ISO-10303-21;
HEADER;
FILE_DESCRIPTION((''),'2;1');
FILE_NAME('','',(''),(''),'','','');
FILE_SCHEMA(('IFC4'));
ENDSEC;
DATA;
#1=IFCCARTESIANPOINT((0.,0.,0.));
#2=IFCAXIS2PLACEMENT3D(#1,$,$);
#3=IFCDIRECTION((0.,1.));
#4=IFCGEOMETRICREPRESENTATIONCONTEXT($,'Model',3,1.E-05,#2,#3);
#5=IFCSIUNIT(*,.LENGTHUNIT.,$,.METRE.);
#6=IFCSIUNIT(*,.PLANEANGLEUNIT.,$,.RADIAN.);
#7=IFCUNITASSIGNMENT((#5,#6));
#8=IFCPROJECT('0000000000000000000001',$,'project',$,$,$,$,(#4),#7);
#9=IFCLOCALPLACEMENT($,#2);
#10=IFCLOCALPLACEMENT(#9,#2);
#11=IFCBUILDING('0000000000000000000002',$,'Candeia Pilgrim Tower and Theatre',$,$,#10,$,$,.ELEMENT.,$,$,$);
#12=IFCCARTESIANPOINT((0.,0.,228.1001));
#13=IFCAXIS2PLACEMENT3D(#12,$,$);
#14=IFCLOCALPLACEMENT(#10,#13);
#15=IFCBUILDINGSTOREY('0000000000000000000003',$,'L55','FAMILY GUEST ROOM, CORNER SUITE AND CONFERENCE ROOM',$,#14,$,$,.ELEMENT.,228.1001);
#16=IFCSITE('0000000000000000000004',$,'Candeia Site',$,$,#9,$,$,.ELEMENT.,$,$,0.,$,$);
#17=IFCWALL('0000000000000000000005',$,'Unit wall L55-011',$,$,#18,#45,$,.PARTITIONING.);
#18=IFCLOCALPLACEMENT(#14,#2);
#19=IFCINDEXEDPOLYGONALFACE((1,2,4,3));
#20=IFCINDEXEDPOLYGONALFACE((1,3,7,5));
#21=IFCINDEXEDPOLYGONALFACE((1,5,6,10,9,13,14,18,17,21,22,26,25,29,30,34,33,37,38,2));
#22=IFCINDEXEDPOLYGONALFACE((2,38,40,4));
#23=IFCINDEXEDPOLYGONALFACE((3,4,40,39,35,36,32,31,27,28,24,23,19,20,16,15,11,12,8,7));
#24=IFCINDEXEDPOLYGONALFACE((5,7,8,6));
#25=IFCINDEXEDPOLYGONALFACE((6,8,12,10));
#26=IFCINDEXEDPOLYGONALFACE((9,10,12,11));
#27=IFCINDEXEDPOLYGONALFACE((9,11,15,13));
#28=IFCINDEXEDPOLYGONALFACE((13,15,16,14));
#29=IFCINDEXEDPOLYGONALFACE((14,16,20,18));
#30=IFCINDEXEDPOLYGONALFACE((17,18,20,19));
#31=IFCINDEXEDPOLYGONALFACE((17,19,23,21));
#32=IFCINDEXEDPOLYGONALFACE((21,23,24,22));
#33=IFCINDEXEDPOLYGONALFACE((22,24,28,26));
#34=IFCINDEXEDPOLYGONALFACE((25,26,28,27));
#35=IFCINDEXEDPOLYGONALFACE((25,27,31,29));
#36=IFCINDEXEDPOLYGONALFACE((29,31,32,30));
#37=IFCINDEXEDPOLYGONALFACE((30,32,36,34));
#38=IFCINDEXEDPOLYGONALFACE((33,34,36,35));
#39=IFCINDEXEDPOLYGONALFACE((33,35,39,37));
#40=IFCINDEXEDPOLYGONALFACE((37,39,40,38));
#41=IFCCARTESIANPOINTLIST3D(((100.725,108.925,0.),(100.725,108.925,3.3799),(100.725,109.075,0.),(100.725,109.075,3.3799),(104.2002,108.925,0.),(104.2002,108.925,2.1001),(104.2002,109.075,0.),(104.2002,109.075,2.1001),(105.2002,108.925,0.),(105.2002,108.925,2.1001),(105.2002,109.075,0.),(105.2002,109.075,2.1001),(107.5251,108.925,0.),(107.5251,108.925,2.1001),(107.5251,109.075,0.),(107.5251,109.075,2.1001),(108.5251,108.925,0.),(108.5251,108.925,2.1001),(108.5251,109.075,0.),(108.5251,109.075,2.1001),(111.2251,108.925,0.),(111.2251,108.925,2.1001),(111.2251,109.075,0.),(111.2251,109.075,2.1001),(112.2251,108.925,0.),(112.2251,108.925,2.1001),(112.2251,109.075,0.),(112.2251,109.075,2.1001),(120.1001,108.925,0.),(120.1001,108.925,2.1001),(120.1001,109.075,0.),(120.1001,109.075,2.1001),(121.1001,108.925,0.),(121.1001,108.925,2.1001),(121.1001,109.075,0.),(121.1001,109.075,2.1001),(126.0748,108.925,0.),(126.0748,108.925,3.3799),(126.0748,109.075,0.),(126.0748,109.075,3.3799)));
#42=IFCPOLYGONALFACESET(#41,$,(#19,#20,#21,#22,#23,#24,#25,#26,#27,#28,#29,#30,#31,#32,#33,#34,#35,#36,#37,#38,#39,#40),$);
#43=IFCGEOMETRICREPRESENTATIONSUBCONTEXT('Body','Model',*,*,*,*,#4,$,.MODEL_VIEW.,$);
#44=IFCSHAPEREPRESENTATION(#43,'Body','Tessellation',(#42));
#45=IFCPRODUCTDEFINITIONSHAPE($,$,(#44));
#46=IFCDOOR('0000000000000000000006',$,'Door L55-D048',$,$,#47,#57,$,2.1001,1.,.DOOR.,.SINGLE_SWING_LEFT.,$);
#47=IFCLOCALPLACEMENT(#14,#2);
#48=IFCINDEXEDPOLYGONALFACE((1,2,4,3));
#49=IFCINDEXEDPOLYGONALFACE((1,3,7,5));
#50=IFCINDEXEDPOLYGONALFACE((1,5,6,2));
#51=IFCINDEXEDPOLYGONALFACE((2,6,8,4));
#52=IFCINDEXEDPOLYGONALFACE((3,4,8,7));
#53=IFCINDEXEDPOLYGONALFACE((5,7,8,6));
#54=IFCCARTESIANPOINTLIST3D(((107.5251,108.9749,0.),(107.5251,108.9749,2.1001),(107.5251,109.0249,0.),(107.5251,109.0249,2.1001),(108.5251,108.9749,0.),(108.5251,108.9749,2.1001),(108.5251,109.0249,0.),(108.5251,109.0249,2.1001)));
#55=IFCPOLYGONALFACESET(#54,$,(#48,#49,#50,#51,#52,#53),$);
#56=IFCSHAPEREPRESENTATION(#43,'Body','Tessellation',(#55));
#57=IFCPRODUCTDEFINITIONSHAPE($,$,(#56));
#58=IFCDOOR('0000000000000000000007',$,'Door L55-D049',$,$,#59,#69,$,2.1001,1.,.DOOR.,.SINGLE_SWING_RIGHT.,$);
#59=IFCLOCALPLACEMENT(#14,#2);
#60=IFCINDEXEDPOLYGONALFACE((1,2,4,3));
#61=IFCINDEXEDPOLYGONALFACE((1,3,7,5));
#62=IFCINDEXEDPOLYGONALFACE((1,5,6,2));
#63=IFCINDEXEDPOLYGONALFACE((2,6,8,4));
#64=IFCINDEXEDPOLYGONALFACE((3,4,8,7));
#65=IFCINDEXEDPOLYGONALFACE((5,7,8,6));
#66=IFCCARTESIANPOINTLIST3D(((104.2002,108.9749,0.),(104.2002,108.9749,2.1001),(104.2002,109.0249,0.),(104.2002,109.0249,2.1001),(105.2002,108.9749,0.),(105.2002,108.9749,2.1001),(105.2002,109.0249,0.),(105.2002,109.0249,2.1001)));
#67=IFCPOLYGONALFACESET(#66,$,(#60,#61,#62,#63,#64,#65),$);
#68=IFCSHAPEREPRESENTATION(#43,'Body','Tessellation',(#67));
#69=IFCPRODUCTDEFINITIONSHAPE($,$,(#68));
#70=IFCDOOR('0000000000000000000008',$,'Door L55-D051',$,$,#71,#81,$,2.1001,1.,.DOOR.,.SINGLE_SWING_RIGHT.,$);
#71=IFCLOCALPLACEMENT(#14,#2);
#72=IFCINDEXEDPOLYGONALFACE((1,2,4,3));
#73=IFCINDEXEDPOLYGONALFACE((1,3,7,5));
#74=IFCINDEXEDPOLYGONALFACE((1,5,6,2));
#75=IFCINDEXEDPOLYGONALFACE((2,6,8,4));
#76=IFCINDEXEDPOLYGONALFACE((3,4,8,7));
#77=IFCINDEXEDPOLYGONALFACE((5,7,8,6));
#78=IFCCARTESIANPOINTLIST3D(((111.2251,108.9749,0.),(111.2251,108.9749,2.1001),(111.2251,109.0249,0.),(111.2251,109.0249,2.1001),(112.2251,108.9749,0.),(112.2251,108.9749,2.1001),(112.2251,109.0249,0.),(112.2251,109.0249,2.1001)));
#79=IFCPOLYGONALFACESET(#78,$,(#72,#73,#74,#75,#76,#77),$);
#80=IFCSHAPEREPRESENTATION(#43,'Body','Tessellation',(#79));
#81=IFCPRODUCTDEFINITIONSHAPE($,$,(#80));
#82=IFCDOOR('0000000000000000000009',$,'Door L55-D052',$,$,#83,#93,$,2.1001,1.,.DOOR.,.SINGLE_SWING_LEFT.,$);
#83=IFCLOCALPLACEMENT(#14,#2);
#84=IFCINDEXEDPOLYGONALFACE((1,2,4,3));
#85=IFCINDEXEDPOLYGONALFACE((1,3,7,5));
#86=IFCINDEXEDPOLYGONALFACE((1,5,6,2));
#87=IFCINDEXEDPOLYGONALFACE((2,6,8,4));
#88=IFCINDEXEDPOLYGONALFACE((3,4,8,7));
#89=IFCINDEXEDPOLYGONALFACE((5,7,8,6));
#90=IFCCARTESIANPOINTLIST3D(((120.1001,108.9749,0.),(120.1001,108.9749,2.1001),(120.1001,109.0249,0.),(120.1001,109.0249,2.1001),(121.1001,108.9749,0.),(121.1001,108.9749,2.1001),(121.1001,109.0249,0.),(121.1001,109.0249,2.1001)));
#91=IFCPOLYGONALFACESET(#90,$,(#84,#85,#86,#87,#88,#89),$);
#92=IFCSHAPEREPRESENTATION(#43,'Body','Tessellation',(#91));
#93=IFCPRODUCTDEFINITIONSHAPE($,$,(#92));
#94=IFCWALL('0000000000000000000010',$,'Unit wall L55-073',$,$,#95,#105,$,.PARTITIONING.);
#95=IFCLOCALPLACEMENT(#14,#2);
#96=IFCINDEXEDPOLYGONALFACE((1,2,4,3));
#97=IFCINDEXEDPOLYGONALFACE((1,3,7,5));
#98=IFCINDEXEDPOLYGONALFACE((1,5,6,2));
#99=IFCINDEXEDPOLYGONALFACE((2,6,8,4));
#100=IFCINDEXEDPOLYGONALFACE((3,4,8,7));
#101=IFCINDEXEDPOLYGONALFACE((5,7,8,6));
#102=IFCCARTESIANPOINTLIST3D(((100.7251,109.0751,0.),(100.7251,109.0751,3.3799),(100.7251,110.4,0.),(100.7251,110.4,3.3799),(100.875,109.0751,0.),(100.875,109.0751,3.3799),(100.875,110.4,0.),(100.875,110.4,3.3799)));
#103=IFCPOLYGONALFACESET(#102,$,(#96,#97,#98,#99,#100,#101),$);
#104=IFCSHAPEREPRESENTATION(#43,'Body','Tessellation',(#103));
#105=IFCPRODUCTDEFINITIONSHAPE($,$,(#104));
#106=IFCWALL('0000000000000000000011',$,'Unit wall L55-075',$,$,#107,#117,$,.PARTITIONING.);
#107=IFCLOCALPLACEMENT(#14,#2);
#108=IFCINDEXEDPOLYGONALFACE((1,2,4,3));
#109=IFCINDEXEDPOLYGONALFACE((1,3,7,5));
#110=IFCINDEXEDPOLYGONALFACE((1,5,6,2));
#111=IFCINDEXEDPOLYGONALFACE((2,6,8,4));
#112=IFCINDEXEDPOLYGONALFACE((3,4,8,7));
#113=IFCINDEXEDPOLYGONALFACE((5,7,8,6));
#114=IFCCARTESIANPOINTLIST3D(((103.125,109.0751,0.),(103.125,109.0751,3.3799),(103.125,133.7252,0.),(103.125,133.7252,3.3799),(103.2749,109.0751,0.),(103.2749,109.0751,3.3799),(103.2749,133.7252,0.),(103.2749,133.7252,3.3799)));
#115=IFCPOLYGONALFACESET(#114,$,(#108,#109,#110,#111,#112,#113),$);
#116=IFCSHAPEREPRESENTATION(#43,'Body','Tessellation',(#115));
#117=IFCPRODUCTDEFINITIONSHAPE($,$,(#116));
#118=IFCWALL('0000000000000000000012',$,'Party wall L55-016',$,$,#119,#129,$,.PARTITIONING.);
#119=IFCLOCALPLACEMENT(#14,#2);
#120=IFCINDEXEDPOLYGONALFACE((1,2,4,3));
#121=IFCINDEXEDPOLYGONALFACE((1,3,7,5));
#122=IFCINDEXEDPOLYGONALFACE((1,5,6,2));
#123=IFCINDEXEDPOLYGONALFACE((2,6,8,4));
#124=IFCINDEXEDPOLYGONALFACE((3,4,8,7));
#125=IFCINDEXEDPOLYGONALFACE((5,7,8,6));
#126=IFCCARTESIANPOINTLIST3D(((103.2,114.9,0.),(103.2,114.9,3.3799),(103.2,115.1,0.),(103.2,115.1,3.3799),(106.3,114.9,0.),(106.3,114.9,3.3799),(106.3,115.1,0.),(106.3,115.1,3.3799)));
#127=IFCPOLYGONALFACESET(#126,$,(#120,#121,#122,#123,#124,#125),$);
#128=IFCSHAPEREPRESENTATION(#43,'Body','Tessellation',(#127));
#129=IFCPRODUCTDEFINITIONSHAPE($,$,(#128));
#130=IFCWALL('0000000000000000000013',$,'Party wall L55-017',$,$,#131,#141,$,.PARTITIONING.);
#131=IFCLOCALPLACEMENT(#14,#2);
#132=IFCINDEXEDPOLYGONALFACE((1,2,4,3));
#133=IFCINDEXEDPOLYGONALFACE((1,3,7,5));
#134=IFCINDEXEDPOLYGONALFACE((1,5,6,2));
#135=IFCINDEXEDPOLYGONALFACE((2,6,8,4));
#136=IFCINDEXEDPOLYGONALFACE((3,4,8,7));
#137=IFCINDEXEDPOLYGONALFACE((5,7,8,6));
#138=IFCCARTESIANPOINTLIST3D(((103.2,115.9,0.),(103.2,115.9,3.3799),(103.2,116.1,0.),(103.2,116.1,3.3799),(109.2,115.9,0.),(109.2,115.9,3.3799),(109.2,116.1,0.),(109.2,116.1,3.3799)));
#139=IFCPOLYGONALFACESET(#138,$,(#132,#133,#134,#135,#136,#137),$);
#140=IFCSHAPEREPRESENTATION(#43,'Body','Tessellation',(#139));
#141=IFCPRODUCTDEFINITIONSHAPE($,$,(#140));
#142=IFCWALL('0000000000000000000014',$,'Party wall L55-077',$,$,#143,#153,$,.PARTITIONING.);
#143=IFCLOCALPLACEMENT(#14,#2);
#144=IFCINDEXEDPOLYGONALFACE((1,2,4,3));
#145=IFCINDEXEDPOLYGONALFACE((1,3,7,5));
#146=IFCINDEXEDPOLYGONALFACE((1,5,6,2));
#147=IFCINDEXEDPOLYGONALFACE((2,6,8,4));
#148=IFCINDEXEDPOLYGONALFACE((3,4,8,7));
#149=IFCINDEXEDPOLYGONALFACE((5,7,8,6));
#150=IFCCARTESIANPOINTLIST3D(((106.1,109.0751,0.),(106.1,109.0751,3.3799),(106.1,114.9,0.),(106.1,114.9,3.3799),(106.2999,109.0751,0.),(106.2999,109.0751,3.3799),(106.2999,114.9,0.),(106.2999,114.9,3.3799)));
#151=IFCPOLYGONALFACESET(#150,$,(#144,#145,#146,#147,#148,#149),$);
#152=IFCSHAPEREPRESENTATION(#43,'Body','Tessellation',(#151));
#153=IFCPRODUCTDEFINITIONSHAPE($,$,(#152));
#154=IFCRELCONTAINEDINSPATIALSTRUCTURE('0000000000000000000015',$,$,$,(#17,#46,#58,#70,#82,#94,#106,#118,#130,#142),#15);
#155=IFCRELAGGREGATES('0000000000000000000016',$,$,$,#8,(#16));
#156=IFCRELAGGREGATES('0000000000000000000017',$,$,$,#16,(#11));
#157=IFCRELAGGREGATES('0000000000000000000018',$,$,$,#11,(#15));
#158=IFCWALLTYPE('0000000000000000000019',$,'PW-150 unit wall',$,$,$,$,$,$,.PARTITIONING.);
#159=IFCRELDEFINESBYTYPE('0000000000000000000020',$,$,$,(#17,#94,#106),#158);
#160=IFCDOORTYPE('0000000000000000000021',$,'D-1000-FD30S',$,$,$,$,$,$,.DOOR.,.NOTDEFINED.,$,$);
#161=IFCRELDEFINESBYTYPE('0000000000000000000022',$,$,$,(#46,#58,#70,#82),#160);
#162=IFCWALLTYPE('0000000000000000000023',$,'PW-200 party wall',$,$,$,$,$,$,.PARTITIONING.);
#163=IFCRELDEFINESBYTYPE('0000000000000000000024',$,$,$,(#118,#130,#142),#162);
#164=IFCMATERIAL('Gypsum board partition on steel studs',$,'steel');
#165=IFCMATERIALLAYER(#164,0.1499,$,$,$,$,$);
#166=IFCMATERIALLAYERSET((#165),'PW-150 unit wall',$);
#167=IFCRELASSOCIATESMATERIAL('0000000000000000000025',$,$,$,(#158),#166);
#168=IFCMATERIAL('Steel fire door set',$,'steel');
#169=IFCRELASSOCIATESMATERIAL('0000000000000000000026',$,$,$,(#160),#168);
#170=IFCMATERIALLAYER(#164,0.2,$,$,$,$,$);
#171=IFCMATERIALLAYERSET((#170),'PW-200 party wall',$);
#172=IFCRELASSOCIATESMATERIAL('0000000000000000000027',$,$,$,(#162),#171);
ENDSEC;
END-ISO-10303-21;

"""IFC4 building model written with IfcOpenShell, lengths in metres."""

from ifc_helpers import new_model, si_unit, direction, frame, frame_2d, origin, place, context, subcontext, project, spatial, rectangle, extrude, material, layer, layer_set, type_object, element, fill, save


model = new_model("IFC4")

# Units and contexts
model_context = context("Model", 3, precision=1e-05, world=origin(), true_north=direction((0.0, 1.0)))
body_context = subcontext(model_context, "Body", "Model", "MODEL_VIEW")
ifc_project = project(units=[si_unit("LENGTHUNIT", "METRE"), si_unit("PLANEANGLEUNIT", "RADIAN")], contexts=[model_context])

# Site, building, storey
site_placement = place(None, origin())
site = spatial("IfcSite", under=ifc_project, at=site_placement, Name="Candeia Site", CompositionType="ELEMENT", RefElevation=0.0)
building_placement = place(site_placement, origin())
building = spatial("IfcBuilding", under=site, at=building_placement, Name="Candeia Pilgrim Tower and Theatre", CompositionType="ELEMENT")
storey_placement = place(building_placement, frame((0.0, 0.0, 228.1001)))
storey = spatial("IfcBuildingStorey", under=building, at=storey_placement, Name="L55", Description="FAMILY GUEST ROOM, CORNER SUITE AND CONFERENCE ROOM", CompositionType="ELEMENT", Elevation=228.1001)

# Shared definitions
ifc_material_1 = material(Name="Steel fire door set", Category="steel")

# Shared definitions
ifc_material_2 = material(Name="Gypsum board partition on steel studs", Category="steel")

# Wall, openings, doors
ifc_layer_1 = layer(ifc_material_2, 0.1499)
ifc_layer_set_1 = layer_set([ifc_layer_1], Name="PW-150 unit wall")
wall_type_1 = type_object("IfcWallType", Name="PW-150 unit wall", PredefinedType="PARTITIONING", material=ifc_layer_set_1)
wall_1_placement = place(storey_placement, frame((100.7251, 109.0, 0.0), z_axis=(0.0, 0.0, 1.0), x_axis=(1.0, 0.0, 0.0)))
wall_1 = element("IfcWall", 1, at=wall_1_placement, inside=storey, type_object=wall_type_1, Name="Unit wall L55-011", PredefinedType="PARTITIONING", context=body_context, shape_type="SweptSolid", body=[
    extrude(rectangle(XDim=25.3499, YDim=0.1499, at=frame_2d((12.6748, 0.0))), origin(), (0.0, 0.0, 1.0), 3.3799),
])
opening_1_placement = place(wall_1_placement, frame((6.8, 0.0, 0.0)))
opening_1 = element("IfcOpeningElement", 2, at=opening_1_placement, cuts=wall_1, PredefinedType="OPENING", context=body_context, shape_type="SweptSolid", body=[
    extrude(rectangle(XDim=1.0, YDim=2.1001, at=frame_2d((0.5, 1.05))), frame((0.0, 0.085, 0.0), z_axis=(0.0, -1.0, 0.0), x_axis=(1.0, 0.0, 0.0)), (0.0, 0.0, 1.0), 0.1699),
])
opening_2_placement = place(wall_1_placement, frame((3.4751, 0.0, 0.0)))
opening_2 = element("IfcOpeningElement", 3, at=opening_2_placement, cuts=wall_1, PredefinedType="OPENING", context=body_context, shape_type="SweptSolid", body=[
    extrude(rectangle(XDim=1.0, YDim=2.1001, at=frame_2d((0.5, 1.05))), frame((0.0, 0.085, 0.0), z_axis=(0.0, -1.0, 0.0), x_axis=(1.0, 0.0, 0.0)), (0.0, 0.0, 1.0), 0.1699),
])
opening_3_placement = place(wall_1_placement, frame((10.5, 0.0, 0.0)))
opening_3 = element("IfcOpeningElement", 4, at=opening_3_placement, cuts=wall_1, PredefinedType="OPENING", context=body_context, shape_type="SweptSolid", body=[
    extrude(rectangle(XDim=1.0, YDim=2.1001, at=frame_2d((0.5, 1.05))), frame((0.0, 0.085, 0.0), z_axis=(0.0, -1.0, 0.0), x_axis=(1.0, 0.0, 0.0)), (0.0, 0.0, 1.0), 0.1699),
])
opening_4_placement = place(wall_1_placement, frame((19.375, 0.0, 0.0)))
opening_4 = element("IfcOpeningElement", 5, at=opening_4_placement, cuts=wall_1, PredefinedType="OPENING", context=body_context, shape_type="SweptSolid", body=[
    extrude(rectangle(XDim=1.0, YDim=2.1001, at=frame_2d((0.5, 1.05))), frame((0.0, 0.085, 0.0), z_axis=(0.0, -1.0, 0.0), x_axis=(1.0, 0.0, 0.0)), (0.0, 0.0, 1.0), 0.1699),
])
door_type_1 = type_object("IfcDoorType", Name="D-1000-FD30S", OperationType="NOTDEFINED", PredefinedType="DOOR", material=ifc_material_1)
door_1_placement = place(opening_1_placement, origin())
door_1 = element("IfcDoor", 6, at=door_1_placement, inside=storey, type_object=door_type_1, Name="Door L55-D048", OperationType="SINGLE_SWING_LEFT", OverallHeight=2.1001, OverallWidth=1.0, PredefinedType="DOOR", context=body_context, shape_type="SweptSolid", body=[
    extrude(rectangle(XDim=1.0, YDim=2.1001, at=frame_2d((0.5, 1.05))), frame((0.0, 0.0249, 0.0), z_axis=(0.0, -1.0, 0.0), x_axis=(1.0, 0.0, 0.0)), (0.0, 0.0, 1.0), 0.05),
])
fill(opening_1, door_1)
door_2_placement = place(opening_2_placement, origin())
door_2 = element("IfcDoor", 7, at=door_2_placement, inside=storey, type_object=door_type_1, Name="Door L55-D049", OperationType="SINGLE_SWING_RIGHT", OverallHeight=2.1001, OverallWidth=1.0, PredefinedType="DOOR", context=body_context, shape_type="SweptSolid", body=[
    extrude(rectangle(XDim=1.0, YDim=2.1001, at=frame_2d((0.5, 1.05))), frame((0.0, 0.0249, 0.0), z_axis=(0.0, -1.0, 0.0), x_axis=(1.0, 0.0, 0.0)), (0.0, 0.0, 1.0), 0.05),
])
fill(opening_2, door_2)
door_3_placement = place(opening_3_placement, origin())
door_3 = element("IfcDoor", 8, at=door_3_placement, inside=storey, type_object=door_type_1, Name="Door L55-D051", OperationType="SINGLE_SWING_RIGHT", OverallHeight=2.1001, OverallWidth=1.0, PredefinedType="DOOR", context=body_context, shape_type="SweptSolid", body=[
    extrude(rectangle(XDim=1.0, YDim=2.1001, at=frame_2d((0.5, 1.05))), frame((0.0, 0.0249, 0.0), z_axis=(0.0, -1.0, 0.0), x_axis=(1.0, 0.0, 0.0)), (0.0, 0.0, 1.0), 0.05),
])
fill(opening_3, door_3)
door_4_placement = place(opening_4_placement, origin())
door_4 = element("IfcDoor", 9, at=door_4_placement, inside=storey, type_object=door_type_1, Name="Door L55-D052", OperationType="SINGLE_SWING_LEFT", OverallHeight=2.1001, OverallWidth=1.0, PredefinedType="DOOR", context=body_context, shape_type="SweptSolid", body=[
    extrude(rectangle(XDim=1.0, YDim=2.1001, at=frame_2d((0.5, 1.05))), frame((0.0, 0.0249, 0.0), z_axis=(0.0, -1.0, 0.0), x_axis=(1.0, 0.0, 0.0)), (0.0, 0.0, 1.0), 0.05),
])
fill(opening_4, door_4)

# Walls
wall_2_placement = place(storey_placement, frame((100.8, 109.075, 0.0), z_axis=(0.0, 0.0, 1.0), x_axis=(0.0, 1.0, 0.0)))
element("IfcWall", 10, at=wall_2_placement, inside=storey, type_object=wall_type_1, Name="Unit wall L55-073", PredefinedType="PARTITIONING", context=body_context, shape_type="SweptSolid", body=[
    extrude(rectangle(XDim=1.325, YDim=0.1499, at=frame_2d((0.6626, 0.0))), origin(), (0.0, 0.0, 1.0), 3.3799),
])
wall_3_placement = place(storey_placement, frame((103.2, 109.075, 0.0), z_axis=(0.0, 0.0, 1.0), x_axis=(0.0, 1.0, 0.0)))
element("IfcWall", 11, at=wall_3_placement, inside=storey, type_object=wall_type_1, Name="Unit wall L55-075", PredefinedType="PARTITIONING", context=body_context, shape_type="SweptSolid", body=[
    extrude(rectangle(XDim=24.6501, YDim=0.1499, at=frame_2d((12.3252, 0.0))), origin(), (0.0, 0.0, 1.0), 3.3799),
])
ifc_layer_2 = layer(ifc_material_2, 0.2)
ifc_layer_set_2 = layer_set([ifc_layer_2], Name="PW-200 party wall")
wall_type_2 = type_object("IfcWallType", Name="PW-200 party wall", PredefinedType="PARTITIONING", material=ifc_layer_set_2)
wall_4_placement = place(storey_placement, frame((103.2, 115.0, 0.0), z_axis=(0.0, 0.0, 1.0), x_axis=(1.0, 0.0, 0.0)))
element("IfcWall", 12, at=wall_4_placement, inside=storey, type_object=wall_type_2, Name="Party wall L55-016", PredefinedType="PARTITIONING", context=body_context, shape_type="SweptSolid", body=[
    extrude(rectangle(XDim=3.1001, YDim=0.2, at=frame_2d((1.55, 0.0))), origin(), (0.0, 0.0, 1.0), 3.3799),
])
wall_5_placement = place(storey_placement, frame((103.2, 116.0, 0.0), z_axis=(0.0, 0.0, 1.0), x_axis=(1.0, 0.0, 0.0)))
element("IfcWall", 13, at=wall_5_placement, inside=storey, type_object=wall_type_2, Name="Party wall L55-017", PredefinedType="PARTITIONING", context=body_context, shape_type="SweptSolid", body=[
    extrude(rectangle(XDim=6.0, YDim=0.2, at=frame_2d((3.0, 0.0))), origin(), (0.0, 0.0, 1.0), 3.3799),
])
wall_6_placement = place(storey_placement, frame((106.2, 109.075, 0.0), z_axis=(0.0, 0.0, 1.0), x_axis=(0.0, 1.0, 0.0)))
element("IfcWall", 14, at=wall_6_placement, inside=storey, type_object=wall_type_2, Name="Party wall L55-077", PredefinedType="PARTITIONING", context=body_context, shape_type="SweptSolid", body=[
    extrude(rectangle(XDim=5.825, YDim=0.2, at=frame_2d((2.9126, 0.0))), origin(), (0.0, 0.0, 1.0), 3.3799),
])

save(model, "model.ifc")
